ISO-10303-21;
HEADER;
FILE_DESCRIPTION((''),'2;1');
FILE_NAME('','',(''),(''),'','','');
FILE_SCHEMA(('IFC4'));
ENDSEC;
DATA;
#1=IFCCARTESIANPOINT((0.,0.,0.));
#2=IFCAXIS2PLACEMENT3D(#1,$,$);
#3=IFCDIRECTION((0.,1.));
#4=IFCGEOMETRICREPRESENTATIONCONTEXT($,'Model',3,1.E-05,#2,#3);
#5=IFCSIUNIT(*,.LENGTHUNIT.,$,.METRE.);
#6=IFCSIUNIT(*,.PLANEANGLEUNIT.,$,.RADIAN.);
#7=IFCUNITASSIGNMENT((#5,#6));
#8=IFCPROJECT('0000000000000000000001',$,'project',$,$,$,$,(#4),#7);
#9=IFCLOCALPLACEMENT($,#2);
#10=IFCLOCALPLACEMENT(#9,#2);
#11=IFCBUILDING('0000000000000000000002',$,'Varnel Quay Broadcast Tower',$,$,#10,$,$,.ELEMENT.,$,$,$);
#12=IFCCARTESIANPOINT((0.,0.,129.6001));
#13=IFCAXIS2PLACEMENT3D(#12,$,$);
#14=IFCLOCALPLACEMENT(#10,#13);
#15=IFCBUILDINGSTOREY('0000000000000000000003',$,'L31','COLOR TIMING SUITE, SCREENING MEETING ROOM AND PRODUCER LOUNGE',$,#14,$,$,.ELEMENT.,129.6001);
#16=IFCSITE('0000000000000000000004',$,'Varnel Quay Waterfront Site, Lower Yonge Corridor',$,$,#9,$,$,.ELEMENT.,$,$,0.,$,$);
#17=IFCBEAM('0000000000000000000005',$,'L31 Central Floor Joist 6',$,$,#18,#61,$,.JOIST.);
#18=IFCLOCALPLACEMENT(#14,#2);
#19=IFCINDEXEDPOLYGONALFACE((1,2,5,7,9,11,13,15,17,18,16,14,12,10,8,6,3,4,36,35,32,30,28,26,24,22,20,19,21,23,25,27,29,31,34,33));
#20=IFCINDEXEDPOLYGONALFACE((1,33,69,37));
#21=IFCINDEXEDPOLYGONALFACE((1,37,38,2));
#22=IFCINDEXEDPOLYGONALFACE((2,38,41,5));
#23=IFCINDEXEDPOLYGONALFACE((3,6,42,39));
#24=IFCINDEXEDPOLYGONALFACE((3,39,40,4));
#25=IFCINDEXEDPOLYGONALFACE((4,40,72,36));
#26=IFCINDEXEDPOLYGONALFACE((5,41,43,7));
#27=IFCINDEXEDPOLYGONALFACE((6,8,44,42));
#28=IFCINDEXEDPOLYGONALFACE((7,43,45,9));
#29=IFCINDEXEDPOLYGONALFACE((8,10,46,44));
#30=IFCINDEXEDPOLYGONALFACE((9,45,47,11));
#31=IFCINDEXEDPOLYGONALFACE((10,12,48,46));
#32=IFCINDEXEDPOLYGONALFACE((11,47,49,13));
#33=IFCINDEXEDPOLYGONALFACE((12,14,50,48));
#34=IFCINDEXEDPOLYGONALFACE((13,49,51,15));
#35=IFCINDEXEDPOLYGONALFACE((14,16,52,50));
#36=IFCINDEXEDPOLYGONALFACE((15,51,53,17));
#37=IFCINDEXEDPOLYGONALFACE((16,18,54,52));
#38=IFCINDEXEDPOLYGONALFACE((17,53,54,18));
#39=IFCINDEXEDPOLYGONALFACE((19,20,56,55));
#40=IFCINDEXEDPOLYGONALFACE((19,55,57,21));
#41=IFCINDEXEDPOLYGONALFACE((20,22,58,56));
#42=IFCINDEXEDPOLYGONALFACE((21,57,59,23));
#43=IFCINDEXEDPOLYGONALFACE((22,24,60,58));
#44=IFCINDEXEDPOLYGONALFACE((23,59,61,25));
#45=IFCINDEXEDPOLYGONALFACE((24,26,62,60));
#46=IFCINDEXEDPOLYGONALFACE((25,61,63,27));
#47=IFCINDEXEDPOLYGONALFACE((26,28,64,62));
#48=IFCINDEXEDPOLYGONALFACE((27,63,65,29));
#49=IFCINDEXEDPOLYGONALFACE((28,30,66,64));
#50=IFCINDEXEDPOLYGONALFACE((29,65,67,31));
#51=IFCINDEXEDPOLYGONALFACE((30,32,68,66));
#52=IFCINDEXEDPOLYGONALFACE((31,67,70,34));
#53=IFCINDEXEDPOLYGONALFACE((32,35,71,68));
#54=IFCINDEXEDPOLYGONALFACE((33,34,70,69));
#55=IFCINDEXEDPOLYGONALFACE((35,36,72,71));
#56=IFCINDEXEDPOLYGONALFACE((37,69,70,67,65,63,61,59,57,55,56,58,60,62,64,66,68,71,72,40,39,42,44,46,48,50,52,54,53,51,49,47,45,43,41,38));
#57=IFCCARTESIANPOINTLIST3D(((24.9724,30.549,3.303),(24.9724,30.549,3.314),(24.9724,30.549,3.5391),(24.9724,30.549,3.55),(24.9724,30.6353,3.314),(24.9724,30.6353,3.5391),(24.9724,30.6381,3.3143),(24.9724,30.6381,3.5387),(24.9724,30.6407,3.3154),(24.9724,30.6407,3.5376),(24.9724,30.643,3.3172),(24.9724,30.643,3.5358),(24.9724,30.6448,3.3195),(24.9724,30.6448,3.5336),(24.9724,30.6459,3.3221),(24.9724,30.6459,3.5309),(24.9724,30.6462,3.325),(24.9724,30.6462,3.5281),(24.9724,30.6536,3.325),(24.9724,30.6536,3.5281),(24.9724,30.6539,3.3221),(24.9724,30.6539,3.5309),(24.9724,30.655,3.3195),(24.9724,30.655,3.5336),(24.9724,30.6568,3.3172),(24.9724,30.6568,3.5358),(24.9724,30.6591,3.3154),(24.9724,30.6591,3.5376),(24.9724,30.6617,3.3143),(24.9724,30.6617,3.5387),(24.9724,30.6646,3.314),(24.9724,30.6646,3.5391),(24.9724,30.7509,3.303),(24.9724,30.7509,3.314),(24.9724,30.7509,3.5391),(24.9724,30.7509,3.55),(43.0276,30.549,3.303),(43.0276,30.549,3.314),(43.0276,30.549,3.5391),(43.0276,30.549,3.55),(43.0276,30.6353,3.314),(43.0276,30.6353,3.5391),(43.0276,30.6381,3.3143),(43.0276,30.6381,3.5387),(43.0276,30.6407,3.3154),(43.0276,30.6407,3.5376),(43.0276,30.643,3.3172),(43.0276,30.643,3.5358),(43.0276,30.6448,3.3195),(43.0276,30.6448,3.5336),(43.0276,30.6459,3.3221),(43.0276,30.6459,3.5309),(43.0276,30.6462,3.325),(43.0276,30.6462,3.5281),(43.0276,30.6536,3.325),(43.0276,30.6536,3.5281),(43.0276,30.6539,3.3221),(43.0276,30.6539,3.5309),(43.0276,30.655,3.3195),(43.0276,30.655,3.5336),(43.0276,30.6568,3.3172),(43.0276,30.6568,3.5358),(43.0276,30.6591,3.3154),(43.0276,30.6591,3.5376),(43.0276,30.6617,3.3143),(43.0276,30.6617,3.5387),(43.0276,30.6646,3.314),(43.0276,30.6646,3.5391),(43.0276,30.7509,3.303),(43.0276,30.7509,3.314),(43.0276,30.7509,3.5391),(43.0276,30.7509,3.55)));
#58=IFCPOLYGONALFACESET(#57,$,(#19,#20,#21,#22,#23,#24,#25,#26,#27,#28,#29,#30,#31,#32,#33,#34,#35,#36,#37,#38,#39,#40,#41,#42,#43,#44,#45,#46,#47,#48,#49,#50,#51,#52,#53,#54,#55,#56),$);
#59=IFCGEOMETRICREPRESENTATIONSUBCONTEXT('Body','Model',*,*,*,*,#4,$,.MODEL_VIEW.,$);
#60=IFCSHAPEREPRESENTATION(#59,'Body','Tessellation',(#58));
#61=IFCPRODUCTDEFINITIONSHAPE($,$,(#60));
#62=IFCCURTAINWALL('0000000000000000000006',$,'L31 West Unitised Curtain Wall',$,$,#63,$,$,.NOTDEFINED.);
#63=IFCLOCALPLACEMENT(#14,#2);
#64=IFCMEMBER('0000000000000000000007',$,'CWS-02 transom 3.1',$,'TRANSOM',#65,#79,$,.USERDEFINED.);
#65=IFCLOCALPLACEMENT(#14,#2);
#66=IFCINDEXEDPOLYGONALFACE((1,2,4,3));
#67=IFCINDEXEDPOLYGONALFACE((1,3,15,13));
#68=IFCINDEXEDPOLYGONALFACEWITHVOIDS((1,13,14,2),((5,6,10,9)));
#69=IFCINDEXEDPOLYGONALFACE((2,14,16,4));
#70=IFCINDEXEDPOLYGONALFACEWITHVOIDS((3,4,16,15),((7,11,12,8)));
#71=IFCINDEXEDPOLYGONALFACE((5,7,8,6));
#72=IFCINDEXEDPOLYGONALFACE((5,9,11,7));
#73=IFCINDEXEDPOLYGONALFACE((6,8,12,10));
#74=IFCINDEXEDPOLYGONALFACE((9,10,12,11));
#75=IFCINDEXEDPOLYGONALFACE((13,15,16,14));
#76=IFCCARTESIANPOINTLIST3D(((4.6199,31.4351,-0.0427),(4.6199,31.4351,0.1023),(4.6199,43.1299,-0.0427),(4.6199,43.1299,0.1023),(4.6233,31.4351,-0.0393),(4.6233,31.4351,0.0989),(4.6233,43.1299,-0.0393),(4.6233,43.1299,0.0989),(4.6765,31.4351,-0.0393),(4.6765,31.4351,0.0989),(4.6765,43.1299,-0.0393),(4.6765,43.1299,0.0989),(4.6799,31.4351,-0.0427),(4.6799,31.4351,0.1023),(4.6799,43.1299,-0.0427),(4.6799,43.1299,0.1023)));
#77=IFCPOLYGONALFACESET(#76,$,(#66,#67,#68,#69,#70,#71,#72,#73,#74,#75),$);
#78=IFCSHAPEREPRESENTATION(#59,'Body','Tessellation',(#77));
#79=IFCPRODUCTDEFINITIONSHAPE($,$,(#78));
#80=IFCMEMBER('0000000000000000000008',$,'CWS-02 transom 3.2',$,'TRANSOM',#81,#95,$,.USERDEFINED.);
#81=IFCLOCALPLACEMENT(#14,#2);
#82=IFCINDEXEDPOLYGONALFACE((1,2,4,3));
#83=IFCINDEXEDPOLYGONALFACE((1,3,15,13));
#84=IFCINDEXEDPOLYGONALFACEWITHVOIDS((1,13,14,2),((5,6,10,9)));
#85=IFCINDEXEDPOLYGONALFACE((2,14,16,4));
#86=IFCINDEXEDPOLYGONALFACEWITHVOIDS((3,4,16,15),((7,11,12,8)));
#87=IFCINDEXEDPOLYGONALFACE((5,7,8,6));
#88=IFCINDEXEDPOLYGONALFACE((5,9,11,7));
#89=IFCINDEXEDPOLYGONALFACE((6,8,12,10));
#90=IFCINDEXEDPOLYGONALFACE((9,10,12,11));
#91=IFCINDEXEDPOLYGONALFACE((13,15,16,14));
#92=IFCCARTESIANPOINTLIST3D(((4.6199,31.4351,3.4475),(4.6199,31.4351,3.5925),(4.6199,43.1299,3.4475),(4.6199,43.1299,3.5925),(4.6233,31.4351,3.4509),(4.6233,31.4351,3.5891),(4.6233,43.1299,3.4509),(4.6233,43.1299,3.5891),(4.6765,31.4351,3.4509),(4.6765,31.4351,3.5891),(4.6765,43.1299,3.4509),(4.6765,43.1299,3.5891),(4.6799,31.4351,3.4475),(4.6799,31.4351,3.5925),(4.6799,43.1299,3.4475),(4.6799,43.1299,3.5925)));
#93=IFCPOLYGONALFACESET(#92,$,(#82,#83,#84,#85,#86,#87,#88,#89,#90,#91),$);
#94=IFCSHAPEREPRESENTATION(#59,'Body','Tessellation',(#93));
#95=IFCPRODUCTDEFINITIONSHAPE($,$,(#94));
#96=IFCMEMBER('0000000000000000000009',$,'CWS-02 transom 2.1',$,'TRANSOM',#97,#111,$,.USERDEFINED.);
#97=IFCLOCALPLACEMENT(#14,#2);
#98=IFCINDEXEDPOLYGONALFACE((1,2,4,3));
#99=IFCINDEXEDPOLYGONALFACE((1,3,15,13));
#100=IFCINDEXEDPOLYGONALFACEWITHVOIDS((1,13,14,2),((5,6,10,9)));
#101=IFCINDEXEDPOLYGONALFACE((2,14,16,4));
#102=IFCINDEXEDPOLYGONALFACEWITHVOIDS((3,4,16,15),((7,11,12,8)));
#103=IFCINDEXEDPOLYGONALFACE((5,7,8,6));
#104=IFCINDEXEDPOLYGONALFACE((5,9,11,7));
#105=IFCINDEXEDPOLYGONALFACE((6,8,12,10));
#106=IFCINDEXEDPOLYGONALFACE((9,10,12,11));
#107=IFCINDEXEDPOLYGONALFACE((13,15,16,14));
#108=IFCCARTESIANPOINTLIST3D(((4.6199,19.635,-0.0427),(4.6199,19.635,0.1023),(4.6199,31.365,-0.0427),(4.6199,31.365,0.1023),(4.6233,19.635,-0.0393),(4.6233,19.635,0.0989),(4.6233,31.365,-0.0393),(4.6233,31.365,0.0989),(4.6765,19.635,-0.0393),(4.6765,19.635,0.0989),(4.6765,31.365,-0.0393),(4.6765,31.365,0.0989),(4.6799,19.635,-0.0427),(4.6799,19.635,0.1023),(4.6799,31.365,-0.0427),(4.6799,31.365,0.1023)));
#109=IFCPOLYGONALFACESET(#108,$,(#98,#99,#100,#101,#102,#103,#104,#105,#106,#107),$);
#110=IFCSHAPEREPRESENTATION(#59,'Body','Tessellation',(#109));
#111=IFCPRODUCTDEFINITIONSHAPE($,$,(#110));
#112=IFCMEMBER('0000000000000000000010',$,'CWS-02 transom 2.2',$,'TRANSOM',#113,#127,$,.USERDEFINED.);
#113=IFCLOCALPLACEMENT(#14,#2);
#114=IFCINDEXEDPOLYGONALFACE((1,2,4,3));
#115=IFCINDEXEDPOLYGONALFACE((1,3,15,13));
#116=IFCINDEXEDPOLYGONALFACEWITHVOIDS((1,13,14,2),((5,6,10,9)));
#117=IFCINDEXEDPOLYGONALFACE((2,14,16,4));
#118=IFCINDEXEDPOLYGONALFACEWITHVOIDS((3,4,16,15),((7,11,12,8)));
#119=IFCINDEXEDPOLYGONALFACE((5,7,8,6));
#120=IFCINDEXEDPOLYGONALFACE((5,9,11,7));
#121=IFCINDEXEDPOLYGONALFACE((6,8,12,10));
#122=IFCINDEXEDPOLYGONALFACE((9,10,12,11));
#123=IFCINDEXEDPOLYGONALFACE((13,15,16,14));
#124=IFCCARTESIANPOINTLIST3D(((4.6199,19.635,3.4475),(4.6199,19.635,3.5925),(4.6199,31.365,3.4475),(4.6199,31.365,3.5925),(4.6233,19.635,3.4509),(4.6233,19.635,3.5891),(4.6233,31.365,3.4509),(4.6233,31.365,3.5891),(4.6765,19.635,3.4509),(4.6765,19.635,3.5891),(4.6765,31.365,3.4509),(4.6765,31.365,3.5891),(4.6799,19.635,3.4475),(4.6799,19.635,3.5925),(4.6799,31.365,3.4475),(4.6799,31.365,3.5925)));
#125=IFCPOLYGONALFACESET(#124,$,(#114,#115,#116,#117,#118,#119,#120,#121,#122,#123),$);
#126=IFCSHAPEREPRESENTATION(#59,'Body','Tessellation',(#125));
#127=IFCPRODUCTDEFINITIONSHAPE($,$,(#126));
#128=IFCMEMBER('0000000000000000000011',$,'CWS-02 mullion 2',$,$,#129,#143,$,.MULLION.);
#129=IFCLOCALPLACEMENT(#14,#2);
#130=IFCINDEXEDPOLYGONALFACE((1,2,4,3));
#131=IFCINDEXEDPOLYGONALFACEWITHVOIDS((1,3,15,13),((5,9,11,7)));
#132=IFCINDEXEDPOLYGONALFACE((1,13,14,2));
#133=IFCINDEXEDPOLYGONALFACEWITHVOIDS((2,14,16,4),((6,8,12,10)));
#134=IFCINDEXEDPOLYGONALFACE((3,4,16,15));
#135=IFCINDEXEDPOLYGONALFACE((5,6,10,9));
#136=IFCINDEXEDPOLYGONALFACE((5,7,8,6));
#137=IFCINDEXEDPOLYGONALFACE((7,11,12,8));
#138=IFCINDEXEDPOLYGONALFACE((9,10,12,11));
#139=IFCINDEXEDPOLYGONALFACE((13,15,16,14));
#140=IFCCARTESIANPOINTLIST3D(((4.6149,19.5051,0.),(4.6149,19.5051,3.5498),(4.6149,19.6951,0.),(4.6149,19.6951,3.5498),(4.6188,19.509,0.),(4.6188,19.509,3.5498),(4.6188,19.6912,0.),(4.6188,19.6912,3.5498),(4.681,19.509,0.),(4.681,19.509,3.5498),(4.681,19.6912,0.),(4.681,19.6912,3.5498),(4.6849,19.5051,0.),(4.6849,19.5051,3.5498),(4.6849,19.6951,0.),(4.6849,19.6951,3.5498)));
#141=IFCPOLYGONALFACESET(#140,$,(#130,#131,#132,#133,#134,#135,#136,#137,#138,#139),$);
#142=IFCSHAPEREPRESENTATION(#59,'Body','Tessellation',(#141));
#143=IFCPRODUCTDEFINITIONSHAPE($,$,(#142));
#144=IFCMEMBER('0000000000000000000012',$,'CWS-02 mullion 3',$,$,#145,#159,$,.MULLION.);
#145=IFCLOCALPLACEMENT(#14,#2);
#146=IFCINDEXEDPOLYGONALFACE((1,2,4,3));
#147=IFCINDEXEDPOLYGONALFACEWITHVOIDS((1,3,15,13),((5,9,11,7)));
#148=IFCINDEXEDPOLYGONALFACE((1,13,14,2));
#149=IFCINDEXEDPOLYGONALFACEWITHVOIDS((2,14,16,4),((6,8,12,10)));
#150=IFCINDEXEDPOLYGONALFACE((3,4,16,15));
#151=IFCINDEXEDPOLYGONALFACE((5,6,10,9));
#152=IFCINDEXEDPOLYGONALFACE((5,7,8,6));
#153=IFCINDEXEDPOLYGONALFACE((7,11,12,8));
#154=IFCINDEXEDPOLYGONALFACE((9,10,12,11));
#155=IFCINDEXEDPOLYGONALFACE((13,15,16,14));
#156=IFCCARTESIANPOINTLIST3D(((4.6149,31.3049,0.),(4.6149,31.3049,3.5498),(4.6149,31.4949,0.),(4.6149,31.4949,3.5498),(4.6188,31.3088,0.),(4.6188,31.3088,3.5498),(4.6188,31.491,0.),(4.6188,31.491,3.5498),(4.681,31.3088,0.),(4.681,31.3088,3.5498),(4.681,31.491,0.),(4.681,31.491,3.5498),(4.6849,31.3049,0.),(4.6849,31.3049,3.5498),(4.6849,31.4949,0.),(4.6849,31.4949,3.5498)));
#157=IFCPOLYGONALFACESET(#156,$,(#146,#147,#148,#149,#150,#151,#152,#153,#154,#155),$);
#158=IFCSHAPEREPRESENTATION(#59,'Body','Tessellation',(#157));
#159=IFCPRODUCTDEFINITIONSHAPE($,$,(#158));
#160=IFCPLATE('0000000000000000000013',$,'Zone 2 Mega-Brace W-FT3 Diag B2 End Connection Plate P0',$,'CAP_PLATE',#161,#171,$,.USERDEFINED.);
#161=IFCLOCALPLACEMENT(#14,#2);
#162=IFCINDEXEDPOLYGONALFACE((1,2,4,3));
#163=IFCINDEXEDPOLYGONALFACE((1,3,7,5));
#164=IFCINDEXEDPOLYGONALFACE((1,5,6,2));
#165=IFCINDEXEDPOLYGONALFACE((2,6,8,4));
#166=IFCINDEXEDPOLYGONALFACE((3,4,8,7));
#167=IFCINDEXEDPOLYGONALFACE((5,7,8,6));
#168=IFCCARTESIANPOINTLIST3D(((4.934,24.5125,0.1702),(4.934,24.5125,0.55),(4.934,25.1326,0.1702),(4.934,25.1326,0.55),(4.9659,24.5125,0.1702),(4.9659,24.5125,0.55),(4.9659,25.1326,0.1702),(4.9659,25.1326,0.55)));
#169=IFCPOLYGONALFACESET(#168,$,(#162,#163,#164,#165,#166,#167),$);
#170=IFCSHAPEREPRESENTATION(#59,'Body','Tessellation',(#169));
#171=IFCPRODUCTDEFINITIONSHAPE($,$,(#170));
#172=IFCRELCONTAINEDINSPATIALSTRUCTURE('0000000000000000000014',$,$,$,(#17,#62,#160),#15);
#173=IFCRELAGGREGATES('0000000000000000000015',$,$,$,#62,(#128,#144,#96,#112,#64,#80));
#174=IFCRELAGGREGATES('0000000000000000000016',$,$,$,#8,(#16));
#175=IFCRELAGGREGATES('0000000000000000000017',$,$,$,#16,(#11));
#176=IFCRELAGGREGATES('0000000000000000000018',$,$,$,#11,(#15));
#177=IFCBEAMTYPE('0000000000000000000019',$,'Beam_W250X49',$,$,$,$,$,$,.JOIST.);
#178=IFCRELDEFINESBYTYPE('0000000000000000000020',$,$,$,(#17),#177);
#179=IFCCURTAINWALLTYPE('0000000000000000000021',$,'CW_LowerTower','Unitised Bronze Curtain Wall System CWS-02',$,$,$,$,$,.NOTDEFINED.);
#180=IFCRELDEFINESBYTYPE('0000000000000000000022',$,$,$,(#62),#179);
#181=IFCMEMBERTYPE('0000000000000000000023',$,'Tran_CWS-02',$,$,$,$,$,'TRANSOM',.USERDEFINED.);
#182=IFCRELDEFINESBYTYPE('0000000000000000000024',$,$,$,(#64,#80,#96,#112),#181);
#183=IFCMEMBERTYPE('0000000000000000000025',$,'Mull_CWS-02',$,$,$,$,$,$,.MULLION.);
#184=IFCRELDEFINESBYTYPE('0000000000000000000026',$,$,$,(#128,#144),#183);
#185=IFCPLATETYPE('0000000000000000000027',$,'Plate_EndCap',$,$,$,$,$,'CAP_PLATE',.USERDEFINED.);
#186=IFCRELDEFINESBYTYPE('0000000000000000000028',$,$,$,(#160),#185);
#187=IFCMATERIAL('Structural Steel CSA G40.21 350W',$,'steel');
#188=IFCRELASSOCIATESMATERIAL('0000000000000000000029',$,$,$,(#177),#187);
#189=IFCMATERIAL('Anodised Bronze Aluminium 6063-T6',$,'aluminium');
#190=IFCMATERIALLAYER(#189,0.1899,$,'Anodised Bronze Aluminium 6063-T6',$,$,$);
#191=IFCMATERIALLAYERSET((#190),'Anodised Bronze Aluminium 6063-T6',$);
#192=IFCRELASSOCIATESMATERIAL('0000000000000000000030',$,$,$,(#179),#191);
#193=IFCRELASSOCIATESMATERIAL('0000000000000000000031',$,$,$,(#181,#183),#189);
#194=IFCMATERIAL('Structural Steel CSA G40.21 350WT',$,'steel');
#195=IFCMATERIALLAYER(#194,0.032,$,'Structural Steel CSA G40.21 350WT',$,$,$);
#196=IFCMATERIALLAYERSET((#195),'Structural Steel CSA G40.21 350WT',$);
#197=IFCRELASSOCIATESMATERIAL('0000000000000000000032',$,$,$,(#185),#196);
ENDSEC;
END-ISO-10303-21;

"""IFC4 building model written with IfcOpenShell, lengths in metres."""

from ifc_helpers import new_model, si_unit, direction, frame, origin, origin_2d, place, context, subcontext, project, spatial, rectangle, hollow_rectangle, i_section, extrude, source, transform, mapped, material, layer, layer_set, material_profile, profile_set, type_object, type_shapes, element, aggregate, save


model = new_model("IFC4")

# Units and contexts
model_context = context("Model", 3, precision=1e-05, world=origin(), true_north=direction((0.0, 1.0)))
body_context = subcontext(model_context, "Body", "Model", "MODEL_VIEW")
ifc_project = project(units=[si_unit("LENGTHUNIT", "METRE"), si_unit("PLANEANGLEUNIT", "RADIAN")], contexts=[model_context])

# Site, building, storey
site_placement = place(None, origin())
site = spatial("IfcSite", under=ifc_project, at=site_placement, Name="Varnel Quay Waterfront Site, Lower Yonge Corridor", CompositionType="ELEMENT", RefElevation=0.0)
building_placement = place(site_placement, origin())
building = spatial("IfcBuilding", under=site, at=building_placement, Name="Varnel Quay Broadcast Tower", CompositionType="ELEMENT")
storey_placement = place(building_placement, frame((0.0, 0.0, 129.6001)))
storey = spatial("IfcBuildingStorey", under=building, at=storey_placement, Name="L31", Description="COLOR TIMING SUITE, SCREENING MEETING ROOM AND PRODUCER LOUNGE", CompositionType="ELEMENT", Elevation=129.6001)

# Shared definitions
ifc_material_1 = material(Name="Structural Steel CSA G40.21 350WT", Category="steel")
ifc_material_2 = material(Name="Structural Steel CSA G40.21 350W", Category="steel")

# Beam
ifc_material_profile_1 = material_profile(ifc_material_2, i_section(OverallWidth=0.2019, OverallDepth=0.2471, WebThickness=0.0073, FlangeThickness=0.011, FilletRadius=0.011, at=origin_2d()), Name="W250X49")
ifc_profile_set_1 = profile_set([ifc_material_profile_1], Name="Structural Steel CSA G40.21 350W")
beam_type_1 = type_object("IfcBeamType", Name="Beam_W250X49", PredefinedType="JOIST", material=ifc_profile_set_1)
shared_shape_1 = source(origin(), body_context, "Body", "SweptSolid", [
    extrude(i_section(OverallWidth=0.2019, OverallDepth=0.2471, WebThickness=0.0073, FlangeThickness=0.011, FilletRadius=0.011, at=origin_2d()), origin(), (0.0, 0.0, 1.0), 18.0552),
])
for number, where, z_axis, x_axis, name in (
    (1, (24.9724, 30.6499, 3.4265), (1.0, 0.0, 0.0), (0.0, 1.0, 0.0), "L31 Central Floor Joist 6"),
):
    element("IfcBeam", number, at=place(storey_placement, frame(where, z_axis=z_axis, x_axis=x_axis)), inside=storey, type_object=beam_type_1, Name=name, PredefinedType="JOIST", context=body_context, shape_type="MappedRepresentation", body=[
        mapped(shared_shape_1, transform((0.0, 0.0, 0.0), x_axis=(1.0, 0.0, 0.0), y_axis=(0.0, 1.0, 0.0), z_axis=(0.0, 0.0, 1.0), scale=1.0)),
    ])

# Curtain wall, members
ifc_material_3 = material(Name="Anodised Bronze Aluminium 6063-T6", Category="aluminium")
ifc_layer_1 = layer(ifc_material_3, 0.1899, Name="Anodised Bronze Aluminium 6063-T6")
ifc_layer_set_1 = layer_set([ifc_layer_1], Name="Anodised Bronze Aluminium 6063-T6")
curtain_wall_type = type_object("IfcCurtainWallType", Name="CW_LowerTower", Description="Unitised Bronze Curtain Wall System CWS-02", PredefinedType="NOTDEFINED", material=ifc_layer_set_1)
curtain_wall_placement = place(storey_placement, origin())
curtain_wall = element("IfcCurtainWall", 2, at=curtain_wall_placement, inside=storey, type_object=curtain_wall_type, Name="L31 West Unitised Curtain Wall", PredefinedType="NOTDEFINED")
ifc_material_profile_2 = material_profile(ifc_material_3, hollow_rectangle(XDim=0.0601, YDim=0.145, WallThickness=0.0034, at=origin_2d()), Name="ALU60X145X3.5")
ifc_profile_set_2 = profile_set([ifc_material_profile_2], Name="Anodised Bronze Aluminium 6063-T6")
member_type_1 = type_object("IfcMemberType", Name="Tran_CWS-02", ElementType="TRANSOM", PredefinedType="USERDEFINED", material=ifc_profile_set_2)
shared_shape_2 = source(origin(), body_context, "Body", "SweptSolid", [
    extrude(hollow_rectangle(XDim=0.0601, YDim=0.145, WallThickness=0.0034, at=origin_2d()), origin(), (0.0, 0.0, 1.0), 11.6948),
])
member_1_placement = place(storey_placement, frame((4.6499, 31.4351, 0.0298), z_axis=(0.0, 1.0, 0.0), x_axis=(-1.0, 0.0, 0.0)))
member_1 = element("IfcMember", 3, at=member_1_placement, type_object=member_type_1, Name="CWS-02 transom 3.1", ObjectType="TRANSOM", PredefinedType="USERDEFINED", context=body_context, shape_type="MappedRepresentation", body=[
    mapped(shared_shape_2, transform((0.0, 0.0, 0.0), x_axis=(1.0, 0.0, 0.0), y_axis=(0.0, 1.0, 0.0), z_axis=(0.0, 0.0, 1.0), scale=1.0)),
])
member_2_placement = place(storey_placement, frame((4.6499, 31.4351, 3.52), z_axis=(0.0, 1.0, 0.0), x_axis=(-1.0, 0.0, 0.0)))
member_2 = element("IfcMember", 4, at=member_2_placement, type_object=member_type_1, Name="CWS-02 transom 3.2", ObjectType="TRANSOM", PredefinedType="USERDEFINED", context=body_context, shape_type="MappedRepresentation", body=[
    mapped(shared_shape_2, transform((0.0, 0.0, 0.0), x_axis=(1.0, 0.0, 0.0), y_axis=(0.0, 1.0, 0.0), z_axis=(0.0, 0.0, 1.0), scale=1.0)),
])
shared_shape_3 = source(origin(), body_context, "Body", "SweptSolid", [
    extrude(hollow_rectangle(XDim=0.0601, YDim=0.145, WallThickness=0.0034, at=origin_2d()), origin(), (0.0, 0.0, 1.0), 11.73),
])
type_shapes(member_type_1, [shared_shape_2, shared_shape_3])
member_3_placement = place(storey_placement, frame((4.6499, 19.635, 0.0298), z_axis=(0.0, 1.0, 0.0), x_axis=(-1.0, 0.0, 0.0)))
member_3 = element("IfcMember", 5, at=member_3_placement, type_object=member_type_1, Name="CWS-02 transom 2.1", ObjectType="TRANSOM", PredefinedType="USERDEFINED", context=body_context, shape_type="MappedRepresentation", body=[
    mapped(shared_shape_3, transform((0.0, 0.0, 0.0), x_axis=(1.0, 0.0, 0.0), y_axis=(0.0, 1.0, 0.0), z_axis=(0.0, 0.0, 1.0), scale=1.0)),
])
member_4_placement = place(storey_placement, frame((4.6499, 19.635, 3.52), z_axis=(0.0, 1.0, 0.0), x_axis=(-1.0, 0.0, 0.0)))
member_4 = element("IfcMember", 6, at=member_4_placement, type_object=member_type_1, Name="CWS-02 transom 2.2", ObjectType="TRANSOM", PredefinedType="USERDEFINED", context=body_context, shape_type="MappedRepresentation", body=[
    mapped(shared_shape_3, transform((0.0, 0.0, 0.0), x_axis=(1.0, 0.0, 0.0), y_axis=(0.0, 1.0, 0.0), z_axis=(0.0, 0.0, 1.0), scale=1.0)),
])
ifc_material_profile_3 = material_profile(ifc_material_3, hollow_rectangle(XDim=0.0701, YDim=0.1899, WallThickness=0.0039, at=origin_2d()), Name="ALU70X190X4")
ifc_profile_set_3 = profile_set([ifc_material_profile_3], Name="Anodised Bronze Aluminium 6063-T6")
member_type_2 = type_object("IfcMemberType", Name="Mull_CWS-02", PredefinedType="MULLION", material=ifc_profile_set_3)
shared_shape_4 = source(origin(), body_context, "Body", "SweptSolid", [
    extrude(hollow_rectangle(XDim=0.0701, YDim=0.1899, WallThickness=0.0039, at=origin_2d()), origin(), (0.0, 0.0, 1.0), 3.5498),
])
type_shapes(member_type_2, [shared_shape_4])
member_5_placement = place(storey_placement, frame((4.6499, 19.6001, 0.0), z_axis=(0.0, 0.0, 1.0), x_axis=(-1.0, 0.0, 0.0)))
member_5 = element("IfcMember", 7, at=member_5_placement, type_object=member_type_2, Name="CWS-02 mullion 2", PredefinedType="MULLION", context=body_context, shape_type="MappedRepresentation", body=[
    mapped(shared_shape_4, transform((0.0, 0.0, 0.0), x_axis=(1.0, 0.0, 0.0), y_axis=(0.0, 1.0, 0.0), z_axis=(0.0, 0.0, 1.0), scale=1.0)),
])
member_6_placement = place(storey_placement, frame((4.6499, 31.3999, 0.0), z_axis=(0.0, 0.0, 1.0), x_axis=(-1.0, 0.0, 0.0)))
member_6 = element("IfcMember", 8, at=member_6_placement, type_object=member_type_2, Name="CWS-02 mullion 3", PredefinedType="MULLION", context=body_context, shape_type="MappedRepresentation", body=[
    mapped(shared_shape_4, transform((0.0, 0.0, 0.0), x_axis=(1.0, 0.0, 0.0), y_axis=(0.0, 1.0, 0.0), z_axis=(0.0, 0.0, 1.0), scale=1.0)),
])

# Plate
ifc_layer_2 = layer(ifc_material_1, 0.032, Name="Structural Steel CSA G40.21 350WT")
ifc_layer_set_2 = layer_set([ifc_layer_2], Name="Structural Steel CSA G40.21 350WT")
plate_type_1 = type_object("IfcPlateType", Name="Plate_EndCap", ElementType="CAP_PLATE", PredefinedType="USERDEFINED", material=ifc_layer_set_2)
shared_shape_5 = source(origin(), body_context, "Body", "SweptSolid", [
    extrude(rectangle(XDim=0.6201, YDim=0.032, at=origin_2d()), origin(), (0.0, 0.0, 1.0), 0.3799),
])
type_shapes(plate_type_1, [shared_shape_5])
plate_1_placement = place(storey_placement, frame((4.95, 24.8225, 0.1702), z_axis=(0.0, 0.0, 1.0), x_axis=(0.0, 1.0, 0.0)))
element("IfcPlate", 9, at=plate_1_placement, inside=storey, type_object=plate_type_1, Name="Zone 2 Mega-Brace W-FT3 Diag B2 End Connection Plate P0", ObjectType="CAP_PLATE", PredefinedType="USERDEFINED", context=body_context, shape_type="MappedRepresentation", body=[
    mapped(shared_shape_5, transform((0.0, 0.0, 0.0), x_axis=(1.0, 0.0, 0.0), y_axis=(0.0, 1.0, 0.0), z_axis=(0.0, 0.0, 1.0), scale=1.0)),
])
aggregate(curtain_wall, [member_5, member_6, member_3, member_4, member_1, member_2])

save(model, "model.ifc")
